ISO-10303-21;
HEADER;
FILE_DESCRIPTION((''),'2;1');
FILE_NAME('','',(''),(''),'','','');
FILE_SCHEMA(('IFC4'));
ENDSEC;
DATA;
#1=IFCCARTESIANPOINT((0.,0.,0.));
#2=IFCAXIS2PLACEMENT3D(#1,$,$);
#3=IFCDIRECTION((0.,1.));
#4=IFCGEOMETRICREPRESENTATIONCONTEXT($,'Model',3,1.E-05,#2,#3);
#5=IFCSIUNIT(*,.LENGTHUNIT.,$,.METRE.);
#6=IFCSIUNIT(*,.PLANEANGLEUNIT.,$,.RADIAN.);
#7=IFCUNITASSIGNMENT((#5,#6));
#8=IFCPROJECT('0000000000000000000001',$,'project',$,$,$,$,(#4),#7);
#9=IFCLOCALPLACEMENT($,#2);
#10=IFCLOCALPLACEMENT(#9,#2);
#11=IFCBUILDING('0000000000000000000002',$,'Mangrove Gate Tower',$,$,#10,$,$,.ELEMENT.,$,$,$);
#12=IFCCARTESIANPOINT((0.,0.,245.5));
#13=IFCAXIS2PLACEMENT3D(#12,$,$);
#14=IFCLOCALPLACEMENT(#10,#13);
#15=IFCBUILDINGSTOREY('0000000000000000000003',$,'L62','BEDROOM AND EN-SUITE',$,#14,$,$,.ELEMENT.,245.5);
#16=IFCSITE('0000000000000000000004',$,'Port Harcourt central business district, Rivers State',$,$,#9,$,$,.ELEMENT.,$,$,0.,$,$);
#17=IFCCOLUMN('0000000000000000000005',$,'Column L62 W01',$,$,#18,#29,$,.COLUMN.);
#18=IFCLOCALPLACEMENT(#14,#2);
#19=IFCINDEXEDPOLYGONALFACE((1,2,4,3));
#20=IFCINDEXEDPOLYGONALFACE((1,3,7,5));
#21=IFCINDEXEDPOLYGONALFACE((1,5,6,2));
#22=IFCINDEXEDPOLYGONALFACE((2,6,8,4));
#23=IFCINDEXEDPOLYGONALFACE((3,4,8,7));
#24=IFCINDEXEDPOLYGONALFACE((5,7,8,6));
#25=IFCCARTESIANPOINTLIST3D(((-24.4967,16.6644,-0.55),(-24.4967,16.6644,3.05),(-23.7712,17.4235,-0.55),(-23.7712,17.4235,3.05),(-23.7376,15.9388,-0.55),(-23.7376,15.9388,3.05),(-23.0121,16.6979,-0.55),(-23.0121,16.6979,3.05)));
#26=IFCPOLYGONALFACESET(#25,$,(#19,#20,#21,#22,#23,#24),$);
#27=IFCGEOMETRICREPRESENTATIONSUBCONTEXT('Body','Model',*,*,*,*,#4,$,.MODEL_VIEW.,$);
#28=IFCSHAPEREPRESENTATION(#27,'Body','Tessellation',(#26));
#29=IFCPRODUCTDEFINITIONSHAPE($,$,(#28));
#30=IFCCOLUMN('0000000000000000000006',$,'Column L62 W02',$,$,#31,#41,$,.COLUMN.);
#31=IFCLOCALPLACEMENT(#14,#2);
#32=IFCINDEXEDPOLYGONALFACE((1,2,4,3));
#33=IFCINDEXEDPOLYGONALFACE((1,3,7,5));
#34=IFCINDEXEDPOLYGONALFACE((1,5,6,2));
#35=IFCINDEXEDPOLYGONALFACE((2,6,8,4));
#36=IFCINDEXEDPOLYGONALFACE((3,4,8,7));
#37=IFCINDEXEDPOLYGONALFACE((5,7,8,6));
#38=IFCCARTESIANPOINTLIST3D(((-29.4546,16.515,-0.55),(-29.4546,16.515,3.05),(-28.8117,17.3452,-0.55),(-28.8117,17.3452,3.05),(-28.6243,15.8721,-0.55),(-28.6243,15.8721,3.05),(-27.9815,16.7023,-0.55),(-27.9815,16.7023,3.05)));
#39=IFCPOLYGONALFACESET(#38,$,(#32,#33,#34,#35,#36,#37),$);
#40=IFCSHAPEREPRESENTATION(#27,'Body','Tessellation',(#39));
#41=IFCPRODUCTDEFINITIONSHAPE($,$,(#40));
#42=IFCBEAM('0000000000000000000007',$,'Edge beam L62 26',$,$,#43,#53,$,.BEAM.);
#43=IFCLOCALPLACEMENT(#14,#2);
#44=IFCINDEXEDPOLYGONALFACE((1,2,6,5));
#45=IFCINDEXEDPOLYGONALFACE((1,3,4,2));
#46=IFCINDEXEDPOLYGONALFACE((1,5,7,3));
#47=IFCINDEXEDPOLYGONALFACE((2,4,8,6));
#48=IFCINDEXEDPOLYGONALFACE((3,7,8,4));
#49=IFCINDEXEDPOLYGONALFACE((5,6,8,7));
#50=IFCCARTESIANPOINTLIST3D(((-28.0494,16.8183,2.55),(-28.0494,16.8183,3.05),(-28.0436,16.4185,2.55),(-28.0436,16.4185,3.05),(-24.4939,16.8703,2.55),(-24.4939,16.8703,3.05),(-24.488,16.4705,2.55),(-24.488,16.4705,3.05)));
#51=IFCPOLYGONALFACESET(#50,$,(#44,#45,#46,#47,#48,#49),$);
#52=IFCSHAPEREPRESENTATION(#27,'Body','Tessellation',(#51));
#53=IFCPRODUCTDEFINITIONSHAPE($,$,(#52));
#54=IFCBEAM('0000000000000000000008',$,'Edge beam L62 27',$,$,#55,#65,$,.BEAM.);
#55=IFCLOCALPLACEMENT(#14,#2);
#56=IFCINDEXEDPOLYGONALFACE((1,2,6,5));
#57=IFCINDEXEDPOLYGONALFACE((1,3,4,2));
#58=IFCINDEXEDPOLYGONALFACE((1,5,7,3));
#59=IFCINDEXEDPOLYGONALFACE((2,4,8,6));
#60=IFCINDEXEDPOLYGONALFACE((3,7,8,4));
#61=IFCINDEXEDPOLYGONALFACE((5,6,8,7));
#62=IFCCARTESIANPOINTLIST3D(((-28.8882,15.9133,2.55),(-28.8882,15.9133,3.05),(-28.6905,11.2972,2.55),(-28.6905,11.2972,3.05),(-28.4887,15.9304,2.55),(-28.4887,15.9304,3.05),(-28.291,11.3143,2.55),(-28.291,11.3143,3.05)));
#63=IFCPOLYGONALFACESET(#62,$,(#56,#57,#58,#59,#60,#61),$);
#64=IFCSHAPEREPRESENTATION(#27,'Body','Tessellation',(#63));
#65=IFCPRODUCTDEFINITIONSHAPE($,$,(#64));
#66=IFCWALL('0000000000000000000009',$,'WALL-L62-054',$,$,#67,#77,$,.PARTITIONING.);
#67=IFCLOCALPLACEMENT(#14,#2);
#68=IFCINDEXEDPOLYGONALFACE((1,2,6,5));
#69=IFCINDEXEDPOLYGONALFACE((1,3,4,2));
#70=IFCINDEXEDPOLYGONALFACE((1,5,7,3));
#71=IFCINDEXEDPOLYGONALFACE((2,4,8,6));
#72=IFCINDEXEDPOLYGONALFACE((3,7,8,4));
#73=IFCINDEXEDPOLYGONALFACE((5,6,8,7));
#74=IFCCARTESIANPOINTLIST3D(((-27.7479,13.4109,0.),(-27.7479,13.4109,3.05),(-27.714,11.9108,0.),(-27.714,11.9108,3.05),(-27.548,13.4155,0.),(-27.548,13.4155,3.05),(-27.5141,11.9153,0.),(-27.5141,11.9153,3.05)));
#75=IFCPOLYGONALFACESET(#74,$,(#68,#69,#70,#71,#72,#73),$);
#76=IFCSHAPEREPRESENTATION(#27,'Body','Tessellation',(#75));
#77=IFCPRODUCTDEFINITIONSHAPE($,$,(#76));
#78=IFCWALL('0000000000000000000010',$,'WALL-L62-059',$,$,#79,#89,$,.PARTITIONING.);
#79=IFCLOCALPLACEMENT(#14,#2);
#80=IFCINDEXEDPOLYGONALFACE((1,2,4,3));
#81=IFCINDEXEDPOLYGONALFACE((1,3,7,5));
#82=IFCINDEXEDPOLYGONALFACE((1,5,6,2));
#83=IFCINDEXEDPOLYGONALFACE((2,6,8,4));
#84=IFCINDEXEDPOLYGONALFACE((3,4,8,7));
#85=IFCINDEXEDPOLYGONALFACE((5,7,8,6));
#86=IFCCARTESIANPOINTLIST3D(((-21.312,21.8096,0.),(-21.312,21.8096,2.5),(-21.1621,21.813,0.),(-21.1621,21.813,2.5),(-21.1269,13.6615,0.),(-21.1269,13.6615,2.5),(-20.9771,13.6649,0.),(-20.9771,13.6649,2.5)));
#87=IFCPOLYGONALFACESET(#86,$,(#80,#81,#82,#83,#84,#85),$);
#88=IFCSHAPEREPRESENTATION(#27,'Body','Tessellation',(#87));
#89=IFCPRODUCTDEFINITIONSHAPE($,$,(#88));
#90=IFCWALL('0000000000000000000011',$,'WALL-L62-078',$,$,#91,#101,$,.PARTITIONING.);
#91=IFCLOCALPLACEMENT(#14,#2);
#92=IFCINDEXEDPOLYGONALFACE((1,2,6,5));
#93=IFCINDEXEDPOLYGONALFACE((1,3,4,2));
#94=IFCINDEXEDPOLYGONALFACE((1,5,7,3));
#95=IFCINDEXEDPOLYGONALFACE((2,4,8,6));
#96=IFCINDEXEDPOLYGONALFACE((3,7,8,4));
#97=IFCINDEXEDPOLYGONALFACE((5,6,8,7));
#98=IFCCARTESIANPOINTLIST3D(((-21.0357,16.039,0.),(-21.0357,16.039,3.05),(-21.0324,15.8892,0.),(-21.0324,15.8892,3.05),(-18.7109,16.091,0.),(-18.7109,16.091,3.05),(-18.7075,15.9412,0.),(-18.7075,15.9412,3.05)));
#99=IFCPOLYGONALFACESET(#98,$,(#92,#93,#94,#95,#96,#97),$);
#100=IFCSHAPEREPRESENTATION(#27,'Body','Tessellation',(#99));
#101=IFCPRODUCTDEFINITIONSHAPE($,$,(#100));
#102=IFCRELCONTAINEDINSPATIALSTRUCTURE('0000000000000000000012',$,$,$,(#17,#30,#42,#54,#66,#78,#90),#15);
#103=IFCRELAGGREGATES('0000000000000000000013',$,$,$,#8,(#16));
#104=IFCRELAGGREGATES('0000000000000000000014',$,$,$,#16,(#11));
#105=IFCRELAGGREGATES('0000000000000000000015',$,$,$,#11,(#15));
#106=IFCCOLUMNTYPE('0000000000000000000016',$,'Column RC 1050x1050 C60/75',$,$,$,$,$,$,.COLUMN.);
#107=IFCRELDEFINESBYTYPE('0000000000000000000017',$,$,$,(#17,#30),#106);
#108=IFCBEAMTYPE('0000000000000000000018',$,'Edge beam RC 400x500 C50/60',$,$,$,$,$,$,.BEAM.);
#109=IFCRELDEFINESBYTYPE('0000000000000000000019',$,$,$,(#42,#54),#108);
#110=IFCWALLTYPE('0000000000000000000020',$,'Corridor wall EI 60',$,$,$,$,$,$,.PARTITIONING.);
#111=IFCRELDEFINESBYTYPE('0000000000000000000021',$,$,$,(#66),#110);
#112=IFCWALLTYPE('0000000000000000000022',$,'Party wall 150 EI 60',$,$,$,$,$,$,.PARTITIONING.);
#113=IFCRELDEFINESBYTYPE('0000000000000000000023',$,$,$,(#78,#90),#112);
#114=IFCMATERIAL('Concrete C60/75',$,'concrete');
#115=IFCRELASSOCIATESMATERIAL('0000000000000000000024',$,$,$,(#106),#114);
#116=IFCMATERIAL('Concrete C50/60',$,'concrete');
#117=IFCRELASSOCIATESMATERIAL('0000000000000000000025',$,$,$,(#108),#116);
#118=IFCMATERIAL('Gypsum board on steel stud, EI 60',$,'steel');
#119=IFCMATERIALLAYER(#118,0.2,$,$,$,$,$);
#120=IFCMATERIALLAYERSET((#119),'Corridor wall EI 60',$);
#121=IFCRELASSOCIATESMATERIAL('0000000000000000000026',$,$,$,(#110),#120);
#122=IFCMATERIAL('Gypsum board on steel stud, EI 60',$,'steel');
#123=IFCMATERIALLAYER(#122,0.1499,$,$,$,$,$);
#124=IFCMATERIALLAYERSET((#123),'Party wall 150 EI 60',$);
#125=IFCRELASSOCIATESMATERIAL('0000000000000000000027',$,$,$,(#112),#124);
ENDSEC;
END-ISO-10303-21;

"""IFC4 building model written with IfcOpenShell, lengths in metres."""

from ifc_helpers import new_model, si_unit, direction, frame, frame_2d, origin, origin_2d, place, context, subcontext, project, spatial, rectangle, extrude, material, layer, layer_set, material_profile, profile_set, type_object, element, save


model = new_model("IFC4")

# Units and contexts
model_context = context("Model", 3, precision=1e-05, world=origin(), true_north=direction((0.0, 1.0)))
body_context = subcontext(model_context, "Body", "Model", "MODEL_VIEW")
ifc_project = project(units=[si_unit("LENGTHUNIT", "METRE"), si_unit("PLANEANGLEUNIT", "RADIAN")], contexts=[model_context])

# Site, building, storey
site_placement = place(None, origin())
site = spatial("IfcSite", under=ifc_project, at=site_placement, Name="Port Harcourt central business district, Rivers State", CompositionType="ELEMENT", RefElevation=0.0)
building_placement = place(site_placement, origin())
building = spatial("IfcBuilding", under=site, at=building_placement, Name="Mangrove Gate Tower", CompositionType="ELEMENT")
storey_placement = place(building_placement, frame((0.0, 0.0, 245.5)))
storey = spatial("IfcBuildingStorey", under=building, at=storey_placement, Name="L62", Description="BEDROOM AND EN-SUITE", CompositionType="ELEMENT", Elevation=245.5)

# Columns
ifc_material_1 = material(Name="Concrete C60/75", Category="concrete")
ifc_material_profile_1 = material_profile(ifc_material_1, rectangle(XDim=1.05, YDim=1.05, at=origin_2d()))
ifc_profile_set_1 = profile_set([ifc_material_profile_1], Name="Concrete C60/75")
column_type = type_object("IfcColumnType", Name="Column RC 1050x1050 C60/75", PredefinedType="COLUMN", material=ifc_profile_set_1)
for number, where, z_axis, x_axis, name in (
    (1, (-23.7544, 16.6812, -0.55), (0.0, 0.0, 1.0), (-0.690946, -0.722906, 0.0), "Column L62 W01"),
    (2, (-28.718, 16.6086, -0.55), (0.0, 0.0, 1.0), (-0.612247, -0.790667, 0.0), "Column L62 W02"),
):
    element("IfcColumn", number, at=place(storey_placement, frame(where, z_axis=z_axis, x_axis=x_axis)), inside=storey, type_object=column_type, Name=name, PredefinedType="COLUMN", context=body_context, shape_type="SweptSolid", body=[
        extrude(rectangle(XDim=1.05, YDim=1.05, at=origin_2d()), origin(), (0.0, 0.0, 1.0), 3.6001),
    ])

# Beams
ifc_material_2 = material(Name="Concrete C50/60", Category="concrete")
ifc_material_profile_2 = material_profile(ifc_material_2, rectangle(XDim=0.3999, YDim=0.5, at=origin_2d()))
ifc_profile_set_2 = profile_set([ifc_material_profile_2], Name="Concrete C50/60")
beam_type = type_object("IfcBeamType", Name="Edge beam RC 400x500 C50/60", PredefinedType="BEAM", material=ifc_profile_set_2)
beam_1_placement = place(storey_placement, frame((-24.491, 16.6704, 2.8), z_axis=(-0.999893, -0.014625, 0.0), x_axis=(0.014625, -0.999893, 0.0)))
element("IfcBeam", 3, at=beam_1_placement, inside=storey, type_object=beam_type, Name="Edge beam L62 26", PredefinedType="BEAM", context=body_context, shape_type="SweptSolid", body=[
    extrude(rectangle(XDim=0.3999, YDim=0.5, at=origin_2d()), origin(), (0.0, 0.0, 1.0), 3.5559),
])
beam_2_placement = place(storey_placement, frame((-28.6885, 15.9219, 2.8), z_axis=(0.0428, -0.999084, 0.0), x_axis=(0.999084, 0.0428, 0.0)))
element("IfcBeam", 4, at=beam_2_placement, inside=storey, type_object=beam_type, Name="Edge beam L62 27", PredefinedType="BEAM", context=body_context, shape_type="SweptSolid", body=[
    extrude(rectangle(XDim=0.3999, YDim=0.5, at=origin_2d()), origin(), (0.0, 0.0, 1.0), 4.6204),
])

# Wall
ifc_material_3 = material(Name="Gypsum board on steel stud, EI 60", Category="steel")
ifc_layer_1 = layer(ifc_material_3, 0.2)
ifc_layer_set_1 = layer_set([ifc_layer_1], Name="Corridor wall EI 60")
wall_type_1 = type_object("IfcWallType", Name="Corridor wall EI 60", PredefinedType="PARTITIONING", material=ifc_layer_set_1)
wall_1_placement = place(storey_placement, frame((-27.614, 11.9131, 0.0), z_axis=(0.0, 0.0, 1.0), x_axis=(-0.022618, 0.999744, 0.0)))
element("IfcWall", 5, at=wall_1_placement, inside=storey, type_object=wall_type_1, Name="WALL-L62-054", PredefinedType="PARTITIONING", context=body_context, shape_type="SweptSolid", body=[
    extrude(rectangle(XDim=1.5005, YDim=0.2, at=frame_2d((0.7502, 0.0))), origin(), (0.0, 0.0, 1.0), 3.05),
])

# Walls
ifc_material_4 = material(Name="Gypsum board on steel stud, EI 60", Category="steel")
ifc_layer_2 = layer(ifc_material_4, 0.1499)
ifc_layer_set_2 = layer_set([ifc_layer_2], Name="Party wall 150 EI 60")
wall_type_2 = type_object("IfcWallType", Name="Party wall 150 EI 60", PredefinedType="PARTITIONING", material=ifc_layer_set_2)
wall_2_placement = place(storey_placement, frame((-21.052, 13.6631, 0.0), z_axis=(0.0, 0.0, 1.0), x_axis=(-0.022706, 0.999742, 0.0)))
element("IfcWall", 6, at=wall_2_placement, inside=storey, type_object=wall_type_2, Name="WALL-L62-059", PredefinedType="PARTITIONING", context=body_context, shape_type="SweptSolid", body=[
    extrude(rectangle(XDim=8.1501, YDim=0.1499, at=frame_2d((4.0752, 0.0))), origin(), (0.0, 0.0, 1.0), 2.5),
])
wall_3_placement = place(storey_placement, frame((-21.0339, 15.9641, 0.0), z_axis=(0.0, 0.0, 1.0), x_axis=(0.99975, 0.022361, 0.0)))
element("IfcWall", 7, at=wall_3_placement, inside=storey, type_object=wall_type_2, Name="WALL-L62-078", PredefinedType="PARTITIONING", context=body_context, shape_type="SweptSolid", body=[
    extrude(rectangle(XDim=2.3254, YDim=0.1499, at=frame_2d((1.1626, 0.0))), origin(), (0.0, 0.0, 1.0), 3.05),
])

save(model, "model.ifc")
